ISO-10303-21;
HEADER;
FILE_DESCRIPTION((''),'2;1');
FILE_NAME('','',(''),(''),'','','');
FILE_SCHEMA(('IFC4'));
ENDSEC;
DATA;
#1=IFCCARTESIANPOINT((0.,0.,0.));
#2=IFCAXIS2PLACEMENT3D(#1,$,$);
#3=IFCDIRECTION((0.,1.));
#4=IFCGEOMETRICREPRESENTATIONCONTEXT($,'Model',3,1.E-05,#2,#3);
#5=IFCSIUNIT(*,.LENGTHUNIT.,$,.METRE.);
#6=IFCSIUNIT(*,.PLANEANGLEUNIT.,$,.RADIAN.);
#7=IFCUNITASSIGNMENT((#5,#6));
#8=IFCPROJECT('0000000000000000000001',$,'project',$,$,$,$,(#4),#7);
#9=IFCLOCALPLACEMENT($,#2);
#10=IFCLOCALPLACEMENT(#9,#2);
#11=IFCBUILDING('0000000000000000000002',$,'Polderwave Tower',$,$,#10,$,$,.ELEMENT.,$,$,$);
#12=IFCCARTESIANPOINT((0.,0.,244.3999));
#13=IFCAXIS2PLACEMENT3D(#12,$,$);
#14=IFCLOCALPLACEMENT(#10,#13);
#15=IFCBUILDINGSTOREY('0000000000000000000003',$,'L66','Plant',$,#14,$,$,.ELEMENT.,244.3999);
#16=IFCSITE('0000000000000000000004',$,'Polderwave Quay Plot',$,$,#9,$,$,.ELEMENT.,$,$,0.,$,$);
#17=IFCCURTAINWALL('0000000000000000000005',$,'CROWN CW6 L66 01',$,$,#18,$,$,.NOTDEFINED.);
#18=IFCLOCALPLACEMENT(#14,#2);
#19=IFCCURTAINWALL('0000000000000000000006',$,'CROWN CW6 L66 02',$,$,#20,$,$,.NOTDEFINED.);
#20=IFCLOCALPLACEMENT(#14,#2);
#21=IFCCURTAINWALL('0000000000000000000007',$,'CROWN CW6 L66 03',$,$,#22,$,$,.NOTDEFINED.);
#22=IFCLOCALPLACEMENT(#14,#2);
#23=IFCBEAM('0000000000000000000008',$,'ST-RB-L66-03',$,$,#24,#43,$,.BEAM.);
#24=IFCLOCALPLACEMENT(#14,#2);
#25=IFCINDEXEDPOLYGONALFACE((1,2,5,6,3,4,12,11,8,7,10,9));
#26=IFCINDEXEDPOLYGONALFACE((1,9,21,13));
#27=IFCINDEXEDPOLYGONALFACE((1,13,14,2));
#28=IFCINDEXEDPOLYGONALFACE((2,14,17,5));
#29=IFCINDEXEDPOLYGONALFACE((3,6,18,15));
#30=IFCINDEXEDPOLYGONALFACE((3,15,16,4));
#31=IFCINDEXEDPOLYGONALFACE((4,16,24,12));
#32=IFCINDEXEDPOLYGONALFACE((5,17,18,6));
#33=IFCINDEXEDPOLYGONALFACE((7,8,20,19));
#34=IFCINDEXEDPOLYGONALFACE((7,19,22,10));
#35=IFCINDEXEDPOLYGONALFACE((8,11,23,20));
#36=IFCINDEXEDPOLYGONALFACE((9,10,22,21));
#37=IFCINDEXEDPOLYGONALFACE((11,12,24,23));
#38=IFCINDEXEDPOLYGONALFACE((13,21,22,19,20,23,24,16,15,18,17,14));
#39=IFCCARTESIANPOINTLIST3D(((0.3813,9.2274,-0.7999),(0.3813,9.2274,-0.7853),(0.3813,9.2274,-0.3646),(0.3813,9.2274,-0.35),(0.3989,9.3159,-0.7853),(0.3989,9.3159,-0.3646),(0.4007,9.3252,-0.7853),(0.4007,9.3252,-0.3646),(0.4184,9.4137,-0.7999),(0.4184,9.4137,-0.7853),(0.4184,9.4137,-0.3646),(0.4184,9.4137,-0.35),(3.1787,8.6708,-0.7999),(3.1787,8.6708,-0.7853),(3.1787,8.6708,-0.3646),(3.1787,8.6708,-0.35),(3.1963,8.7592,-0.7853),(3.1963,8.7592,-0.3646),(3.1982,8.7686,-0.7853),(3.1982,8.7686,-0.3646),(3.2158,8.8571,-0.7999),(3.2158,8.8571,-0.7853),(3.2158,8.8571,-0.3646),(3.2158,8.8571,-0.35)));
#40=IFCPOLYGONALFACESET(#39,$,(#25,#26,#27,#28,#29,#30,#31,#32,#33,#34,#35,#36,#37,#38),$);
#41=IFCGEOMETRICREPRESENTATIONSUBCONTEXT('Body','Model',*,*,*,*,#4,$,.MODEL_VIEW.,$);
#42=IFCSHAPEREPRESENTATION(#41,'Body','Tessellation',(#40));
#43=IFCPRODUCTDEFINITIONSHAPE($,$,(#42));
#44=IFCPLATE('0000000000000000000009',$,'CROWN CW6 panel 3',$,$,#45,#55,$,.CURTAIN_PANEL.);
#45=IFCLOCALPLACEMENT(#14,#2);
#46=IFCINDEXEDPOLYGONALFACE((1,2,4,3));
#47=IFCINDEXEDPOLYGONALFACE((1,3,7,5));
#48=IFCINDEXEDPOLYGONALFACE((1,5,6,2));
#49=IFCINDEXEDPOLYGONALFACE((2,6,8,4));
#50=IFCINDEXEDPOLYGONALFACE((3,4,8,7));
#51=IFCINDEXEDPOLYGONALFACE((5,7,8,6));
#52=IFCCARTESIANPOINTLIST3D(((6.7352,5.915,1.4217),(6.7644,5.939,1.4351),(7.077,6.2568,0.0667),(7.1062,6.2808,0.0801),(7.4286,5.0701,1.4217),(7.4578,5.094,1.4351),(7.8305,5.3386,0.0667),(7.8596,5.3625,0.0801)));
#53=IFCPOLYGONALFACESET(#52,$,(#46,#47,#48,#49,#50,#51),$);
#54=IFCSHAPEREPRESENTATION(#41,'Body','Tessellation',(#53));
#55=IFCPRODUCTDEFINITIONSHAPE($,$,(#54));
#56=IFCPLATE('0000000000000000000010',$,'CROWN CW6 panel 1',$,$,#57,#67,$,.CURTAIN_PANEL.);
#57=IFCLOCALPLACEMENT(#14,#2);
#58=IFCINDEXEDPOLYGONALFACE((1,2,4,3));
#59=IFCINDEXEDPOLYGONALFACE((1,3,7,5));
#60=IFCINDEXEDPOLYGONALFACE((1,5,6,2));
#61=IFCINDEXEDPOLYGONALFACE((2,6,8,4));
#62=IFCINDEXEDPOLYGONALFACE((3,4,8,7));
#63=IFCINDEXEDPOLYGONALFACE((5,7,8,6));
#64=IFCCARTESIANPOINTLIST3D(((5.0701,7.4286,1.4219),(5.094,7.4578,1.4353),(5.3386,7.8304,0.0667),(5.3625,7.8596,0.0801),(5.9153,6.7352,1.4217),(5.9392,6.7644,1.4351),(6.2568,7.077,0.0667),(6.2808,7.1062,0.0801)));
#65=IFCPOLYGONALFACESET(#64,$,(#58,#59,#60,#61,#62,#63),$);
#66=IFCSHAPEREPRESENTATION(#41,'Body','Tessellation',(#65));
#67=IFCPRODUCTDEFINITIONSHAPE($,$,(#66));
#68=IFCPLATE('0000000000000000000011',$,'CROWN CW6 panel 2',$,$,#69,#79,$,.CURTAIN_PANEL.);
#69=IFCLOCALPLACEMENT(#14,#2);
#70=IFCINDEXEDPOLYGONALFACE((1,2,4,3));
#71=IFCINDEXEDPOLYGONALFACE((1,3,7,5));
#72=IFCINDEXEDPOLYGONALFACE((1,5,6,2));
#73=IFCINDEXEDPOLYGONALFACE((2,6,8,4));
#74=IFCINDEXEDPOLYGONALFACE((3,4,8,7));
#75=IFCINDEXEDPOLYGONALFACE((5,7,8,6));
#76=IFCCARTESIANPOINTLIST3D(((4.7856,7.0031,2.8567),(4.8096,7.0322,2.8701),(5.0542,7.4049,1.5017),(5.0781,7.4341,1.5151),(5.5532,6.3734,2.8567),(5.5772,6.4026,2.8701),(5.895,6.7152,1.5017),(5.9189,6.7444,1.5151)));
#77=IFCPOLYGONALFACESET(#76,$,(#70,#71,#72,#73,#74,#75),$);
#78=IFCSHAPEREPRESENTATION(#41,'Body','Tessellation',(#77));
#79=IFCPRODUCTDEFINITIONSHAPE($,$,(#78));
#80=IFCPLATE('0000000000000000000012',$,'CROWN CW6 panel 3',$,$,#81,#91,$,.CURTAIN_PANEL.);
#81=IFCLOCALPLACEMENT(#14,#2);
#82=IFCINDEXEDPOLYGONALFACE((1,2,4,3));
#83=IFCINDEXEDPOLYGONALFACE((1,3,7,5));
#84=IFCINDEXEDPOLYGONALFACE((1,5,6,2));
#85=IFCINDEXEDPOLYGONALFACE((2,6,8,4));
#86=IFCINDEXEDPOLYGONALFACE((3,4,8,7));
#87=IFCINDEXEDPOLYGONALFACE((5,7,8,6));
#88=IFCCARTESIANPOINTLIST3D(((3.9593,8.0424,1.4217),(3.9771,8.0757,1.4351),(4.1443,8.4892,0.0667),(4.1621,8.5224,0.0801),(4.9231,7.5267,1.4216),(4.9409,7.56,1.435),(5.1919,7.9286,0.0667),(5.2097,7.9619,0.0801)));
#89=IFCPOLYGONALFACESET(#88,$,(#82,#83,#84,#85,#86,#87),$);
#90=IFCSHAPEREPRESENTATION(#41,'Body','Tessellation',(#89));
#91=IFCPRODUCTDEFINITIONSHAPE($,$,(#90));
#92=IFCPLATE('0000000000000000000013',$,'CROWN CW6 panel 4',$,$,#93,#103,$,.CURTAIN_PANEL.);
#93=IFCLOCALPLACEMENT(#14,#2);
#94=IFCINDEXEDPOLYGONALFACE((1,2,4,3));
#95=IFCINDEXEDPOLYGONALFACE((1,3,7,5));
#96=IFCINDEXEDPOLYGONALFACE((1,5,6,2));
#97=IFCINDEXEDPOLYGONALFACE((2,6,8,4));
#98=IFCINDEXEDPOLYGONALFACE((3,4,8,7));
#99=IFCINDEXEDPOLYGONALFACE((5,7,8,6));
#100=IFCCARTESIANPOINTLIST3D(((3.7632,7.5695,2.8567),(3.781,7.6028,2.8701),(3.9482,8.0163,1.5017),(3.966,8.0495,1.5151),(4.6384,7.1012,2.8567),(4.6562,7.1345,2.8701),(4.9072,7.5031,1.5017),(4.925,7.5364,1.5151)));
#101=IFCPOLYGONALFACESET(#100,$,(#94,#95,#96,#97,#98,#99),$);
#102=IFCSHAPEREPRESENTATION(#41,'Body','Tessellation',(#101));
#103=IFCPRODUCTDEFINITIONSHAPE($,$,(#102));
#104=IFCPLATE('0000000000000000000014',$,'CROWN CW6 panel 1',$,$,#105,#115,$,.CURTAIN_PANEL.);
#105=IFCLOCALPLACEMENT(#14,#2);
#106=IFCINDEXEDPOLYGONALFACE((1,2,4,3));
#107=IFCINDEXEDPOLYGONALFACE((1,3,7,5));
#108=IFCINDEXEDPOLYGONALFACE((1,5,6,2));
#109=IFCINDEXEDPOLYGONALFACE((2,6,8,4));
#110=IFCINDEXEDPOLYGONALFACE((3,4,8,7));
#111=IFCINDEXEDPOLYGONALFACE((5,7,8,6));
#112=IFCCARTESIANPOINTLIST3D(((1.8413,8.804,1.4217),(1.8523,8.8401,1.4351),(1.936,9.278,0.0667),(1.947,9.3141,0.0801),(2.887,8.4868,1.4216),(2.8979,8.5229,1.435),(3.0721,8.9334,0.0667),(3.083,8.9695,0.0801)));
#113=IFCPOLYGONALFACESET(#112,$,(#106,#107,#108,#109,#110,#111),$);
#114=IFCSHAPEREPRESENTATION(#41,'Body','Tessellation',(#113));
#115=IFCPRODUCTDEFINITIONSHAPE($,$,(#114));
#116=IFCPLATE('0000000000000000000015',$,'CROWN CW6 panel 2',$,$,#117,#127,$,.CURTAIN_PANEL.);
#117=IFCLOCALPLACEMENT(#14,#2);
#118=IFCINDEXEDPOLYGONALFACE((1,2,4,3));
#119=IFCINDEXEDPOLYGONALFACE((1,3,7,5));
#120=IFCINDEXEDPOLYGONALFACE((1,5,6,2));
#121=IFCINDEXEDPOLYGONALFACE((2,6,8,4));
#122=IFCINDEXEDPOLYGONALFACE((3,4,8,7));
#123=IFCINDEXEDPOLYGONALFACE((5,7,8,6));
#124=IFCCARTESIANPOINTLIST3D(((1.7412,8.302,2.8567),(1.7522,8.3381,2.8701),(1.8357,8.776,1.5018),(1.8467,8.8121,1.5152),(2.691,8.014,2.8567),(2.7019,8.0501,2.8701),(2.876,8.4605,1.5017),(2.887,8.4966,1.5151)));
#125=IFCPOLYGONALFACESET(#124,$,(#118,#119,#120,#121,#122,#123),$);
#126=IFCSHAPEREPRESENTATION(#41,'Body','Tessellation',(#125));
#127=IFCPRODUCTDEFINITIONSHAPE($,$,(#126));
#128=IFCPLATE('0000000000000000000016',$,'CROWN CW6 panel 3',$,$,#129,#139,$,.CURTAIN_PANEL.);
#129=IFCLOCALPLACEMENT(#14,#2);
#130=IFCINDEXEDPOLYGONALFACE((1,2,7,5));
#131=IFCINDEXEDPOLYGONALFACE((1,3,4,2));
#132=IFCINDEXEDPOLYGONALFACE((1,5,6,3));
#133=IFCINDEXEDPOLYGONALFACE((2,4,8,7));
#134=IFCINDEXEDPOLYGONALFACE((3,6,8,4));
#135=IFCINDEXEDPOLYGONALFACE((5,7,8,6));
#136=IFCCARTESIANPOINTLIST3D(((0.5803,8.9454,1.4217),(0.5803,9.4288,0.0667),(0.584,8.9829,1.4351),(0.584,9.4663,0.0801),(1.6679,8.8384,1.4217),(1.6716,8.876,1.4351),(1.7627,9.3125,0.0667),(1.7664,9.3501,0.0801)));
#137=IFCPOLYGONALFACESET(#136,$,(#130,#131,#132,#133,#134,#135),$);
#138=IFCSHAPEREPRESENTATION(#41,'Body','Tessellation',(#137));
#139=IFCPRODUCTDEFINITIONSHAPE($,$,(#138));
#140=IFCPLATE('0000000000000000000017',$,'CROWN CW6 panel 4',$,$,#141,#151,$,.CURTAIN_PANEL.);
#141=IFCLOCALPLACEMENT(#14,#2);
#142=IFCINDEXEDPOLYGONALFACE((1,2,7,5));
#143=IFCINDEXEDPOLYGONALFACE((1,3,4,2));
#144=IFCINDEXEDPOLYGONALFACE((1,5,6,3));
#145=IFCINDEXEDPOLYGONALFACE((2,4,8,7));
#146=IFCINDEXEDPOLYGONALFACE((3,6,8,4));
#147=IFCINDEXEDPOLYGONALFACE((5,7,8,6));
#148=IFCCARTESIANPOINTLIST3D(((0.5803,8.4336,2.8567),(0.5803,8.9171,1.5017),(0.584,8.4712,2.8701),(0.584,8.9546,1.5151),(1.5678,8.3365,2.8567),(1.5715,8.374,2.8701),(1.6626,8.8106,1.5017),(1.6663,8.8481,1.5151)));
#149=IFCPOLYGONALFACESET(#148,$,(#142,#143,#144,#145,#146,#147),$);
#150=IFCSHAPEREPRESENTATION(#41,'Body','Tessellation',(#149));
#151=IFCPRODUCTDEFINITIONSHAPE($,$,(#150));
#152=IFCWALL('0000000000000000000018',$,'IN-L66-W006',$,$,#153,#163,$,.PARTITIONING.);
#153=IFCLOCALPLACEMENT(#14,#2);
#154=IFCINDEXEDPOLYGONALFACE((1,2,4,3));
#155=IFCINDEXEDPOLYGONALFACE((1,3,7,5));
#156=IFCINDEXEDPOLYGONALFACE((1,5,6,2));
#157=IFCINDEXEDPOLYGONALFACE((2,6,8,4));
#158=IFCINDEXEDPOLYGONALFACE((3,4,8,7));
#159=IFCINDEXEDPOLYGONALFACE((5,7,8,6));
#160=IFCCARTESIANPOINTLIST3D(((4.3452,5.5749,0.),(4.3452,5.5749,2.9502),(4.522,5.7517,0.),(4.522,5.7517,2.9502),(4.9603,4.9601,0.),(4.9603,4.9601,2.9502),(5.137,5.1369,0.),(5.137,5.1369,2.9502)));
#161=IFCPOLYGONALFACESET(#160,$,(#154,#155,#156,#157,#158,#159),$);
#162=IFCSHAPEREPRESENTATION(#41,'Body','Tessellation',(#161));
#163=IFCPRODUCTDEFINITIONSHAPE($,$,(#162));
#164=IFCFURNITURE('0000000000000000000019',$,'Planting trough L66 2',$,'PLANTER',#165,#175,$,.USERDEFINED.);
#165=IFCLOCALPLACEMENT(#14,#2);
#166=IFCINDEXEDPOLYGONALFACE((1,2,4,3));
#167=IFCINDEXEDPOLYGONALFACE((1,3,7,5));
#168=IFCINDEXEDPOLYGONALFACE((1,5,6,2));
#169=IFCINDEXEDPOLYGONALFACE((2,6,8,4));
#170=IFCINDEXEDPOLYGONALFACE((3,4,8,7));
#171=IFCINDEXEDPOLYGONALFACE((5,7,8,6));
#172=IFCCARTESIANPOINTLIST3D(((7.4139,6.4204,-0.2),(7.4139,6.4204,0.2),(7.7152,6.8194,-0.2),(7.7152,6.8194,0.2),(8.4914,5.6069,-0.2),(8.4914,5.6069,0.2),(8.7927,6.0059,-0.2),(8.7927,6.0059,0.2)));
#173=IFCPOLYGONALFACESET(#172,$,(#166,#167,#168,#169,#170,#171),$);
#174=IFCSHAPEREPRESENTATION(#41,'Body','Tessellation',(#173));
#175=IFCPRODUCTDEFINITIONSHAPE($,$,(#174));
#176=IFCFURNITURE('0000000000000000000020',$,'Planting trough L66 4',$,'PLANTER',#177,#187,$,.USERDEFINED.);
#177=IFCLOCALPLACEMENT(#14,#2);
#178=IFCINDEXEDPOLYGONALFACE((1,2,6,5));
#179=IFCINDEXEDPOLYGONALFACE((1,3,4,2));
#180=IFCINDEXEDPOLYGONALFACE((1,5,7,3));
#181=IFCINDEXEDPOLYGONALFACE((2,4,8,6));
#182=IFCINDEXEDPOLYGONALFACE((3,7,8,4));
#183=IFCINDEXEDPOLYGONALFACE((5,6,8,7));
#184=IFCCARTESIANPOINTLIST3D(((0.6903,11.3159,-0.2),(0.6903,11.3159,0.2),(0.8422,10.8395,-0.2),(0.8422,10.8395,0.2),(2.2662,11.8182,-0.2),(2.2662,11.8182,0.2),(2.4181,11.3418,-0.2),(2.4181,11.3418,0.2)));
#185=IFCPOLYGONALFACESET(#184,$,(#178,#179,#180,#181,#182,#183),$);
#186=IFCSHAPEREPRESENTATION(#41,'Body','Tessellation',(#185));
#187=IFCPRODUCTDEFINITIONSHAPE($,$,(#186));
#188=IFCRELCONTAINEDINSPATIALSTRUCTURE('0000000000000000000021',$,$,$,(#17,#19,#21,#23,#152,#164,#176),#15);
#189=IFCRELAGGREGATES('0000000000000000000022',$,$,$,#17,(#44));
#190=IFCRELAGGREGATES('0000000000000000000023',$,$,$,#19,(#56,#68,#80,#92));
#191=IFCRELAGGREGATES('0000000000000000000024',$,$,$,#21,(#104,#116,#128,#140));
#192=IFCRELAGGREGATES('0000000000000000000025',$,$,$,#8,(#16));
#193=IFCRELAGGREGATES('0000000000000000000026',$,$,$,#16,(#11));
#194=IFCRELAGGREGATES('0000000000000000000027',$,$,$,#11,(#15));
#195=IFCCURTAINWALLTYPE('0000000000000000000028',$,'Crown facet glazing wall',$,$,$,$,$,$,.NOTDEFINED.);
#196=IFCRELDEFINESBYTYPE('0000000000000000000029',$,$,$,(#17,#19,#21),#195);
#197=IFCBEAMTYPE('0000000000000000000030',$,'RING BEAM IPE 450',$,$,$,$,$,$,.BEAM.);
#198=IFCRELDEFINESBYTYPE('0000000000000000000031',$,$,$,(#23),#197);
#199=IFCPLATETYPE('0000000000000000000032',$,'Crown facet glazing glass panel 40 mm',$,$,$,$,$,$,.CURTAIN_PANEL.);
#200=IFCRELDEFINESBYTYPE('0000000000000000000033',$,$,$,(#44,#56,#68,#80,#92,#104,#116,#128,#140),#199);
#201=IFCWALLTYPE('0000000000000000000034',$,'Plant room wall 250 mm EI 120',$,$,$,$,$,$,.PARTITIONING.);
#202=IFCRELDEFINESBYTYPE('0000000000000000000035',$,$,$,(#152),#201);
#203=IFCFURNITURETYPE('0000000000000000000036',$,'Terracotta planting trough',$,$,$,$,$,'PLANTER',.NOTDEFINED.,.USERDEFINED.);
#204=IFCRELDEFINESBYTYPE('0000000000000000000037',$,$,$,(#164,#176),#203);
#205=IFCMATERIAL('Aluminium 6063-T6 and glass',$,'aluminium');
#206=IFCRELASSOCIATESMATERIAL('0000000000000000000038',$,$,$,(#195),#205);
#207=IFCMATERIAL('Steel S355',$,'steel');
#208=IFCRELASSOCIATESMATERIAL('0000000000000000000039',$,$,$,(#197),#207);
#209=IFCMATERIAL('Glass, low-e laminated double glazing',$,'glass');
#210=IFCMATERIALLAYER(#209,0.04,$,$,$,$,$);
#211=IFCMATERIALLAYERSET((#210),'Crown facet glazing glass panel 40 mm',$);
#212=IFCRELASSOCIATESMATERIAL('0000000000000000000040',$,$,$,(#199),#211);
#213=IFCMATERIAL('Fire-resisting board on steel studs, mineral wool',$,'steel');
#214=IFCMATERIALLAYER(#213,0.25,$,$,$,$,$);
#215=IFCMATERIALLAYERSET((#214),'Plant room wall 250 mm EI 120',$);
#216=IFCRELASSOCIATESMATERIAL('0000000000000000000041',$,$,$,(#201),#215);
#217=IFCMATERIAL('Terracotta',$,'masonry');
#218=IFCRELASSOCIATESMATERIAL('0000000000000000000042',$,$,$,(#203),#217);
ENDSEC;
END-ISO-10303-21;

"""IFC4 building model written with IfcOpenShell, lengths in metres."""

from ifc_helpers import new_model, si_unit, direction, frame, frame_2d, origin, origin_2d, place, context, subcontext, project, spatial, polyline, rectangle, i_section, outline, extrude, material, layer, layer_set, material_profile, profile_set, type_object, element, aggregate, save


model = new_model("IFC4")

# Units and contexts
model_context = context("Model", 3, precision=1e-05, world=origin(), true_north=direction((0.0, 1.0)))
body_context = subcontext(model_context, "Body", "Model", "MODEL_VIEW")
ifc_project = project(units=[si_unit("LENGTHUNIT", "METRE"), si_unit("PLANEANGLEUNIT", "RADIAN")], contexts=[model_context])

# Site, building, storey
site_placement = place(None, origin())
site = spatial("IfcSite", under=ifc_project, at=site_placement, Name="Polderwave Quay Plot", CompositionType="ELEMENT", RefElevation=0.0)
building_placement = place(site_placement, origin())
building = spatial("IfcBuilding", under=site, at=building_placement, Name="Polderwave Tower", CompositionType="ELEMENT")
storey_placement = place(building_placement, frame((0.0, 0.0, 244.3999)))
storey = spatial("IfcBuildingStorey", under=building, at=storey_placement, Name="L66", Description="Plant", CompositionType="ELEMENT", Elevation=244.3999)

# Curtain wall
ifc_material_1 = material(Name="Aluminium 6063-T6 and glass", Category="aluminium")
curtain_wall_type = type_object("IfcCurtainWallType", Name="Crown facet glazing wall", PredefinedType="NOTDEFINED", material=ifc_material_1)
curtain_wall_1_placement = place(storey_placement, origin())
curtain_wall_1 = element("IfcCurtainWall", 1, at=curtain_wall_1_placement, inside=storey, type_object=curtain_wall_type, Name="CROWN CW6 L66 01", PredefinedType="NOTDEFINED")

# Curtain walls
curtain_wall_2_placement = place(storey_placement, origin())
curtain_wall_2 = element("IfcCurtainWall", 2, at=curtain_wall_2_placement, inside=storey, type_object=curtain_wall_type, Name="CROWN CW6 L66 02", PredefinedType="NOTDEFINED")
curtain_wall_3_placement = place(storey_placement, origin())
curtain_wall_3 = element("IfcCurtainWall", 3, at=curtain_wall_3_placement, inside=storey, type_object=curtain_wall_type, Name="CROWN CW6 L66 03", PredefinedType="NOTDEFINED")

# Beam
ifc_material_2 = material(Name="Steel S355", Category="steel")
ifc_material_profile_1 = material_profile(ifc_material_2, i_section(OverallWidth=0.1899, OverallDepth=0.45, WebThickness=0.0095, FlangeThickness=0.0146, at=origin_2d()), Name="IPE 450")
ifc_profile_set_1 = profile_set([ifc_material_profile_1], Name="Steel S355")
beam_type = type_object("IfcBeamType", Name="RING BEAM IPE 450", PredefinedType="BEAM", material=ifc_profile_set_1)
beam_1_placement = place(storey_placement, frame((3.1973, 8.7639, -0.575), z_axis=(-0.980771, 0.195161, 0.0), x_axis=(-0.195161, -0.980771, 0.0)))
element("IfcBeam", 4, at=beam_1_placement, inside=storey, type_object=beam_type, Name="ST-RB-L66-03", PredefinedType="BEAM", context=body_context, shape_type="SweptSolid", body=[
    extrude(i_section(OverallWidth=0.1899, OverallDepth=0.45, WebThickness=0.0095, FlangeThickness=0.0146, at=origin_2d()), origin(), (0.0, 0.0, 1.0), 2.8523),
])

# Plates
ifc_material_3 = material(Name="Glass, low-e laminated double glazing", Category="glass")
ifc_layer_1 = layer(ifc_material_3, 0.04)
ifc_layer_set_1 = layer_set([ifc_layer_1], Name="Crown facet glazing glass panel 40 mm")
plate_type = type_object("IfcPlateType", Name="Crown facet glazing glass panel 40 mm", PredefinedType="CURTAIN_PANEL", material=ifc_layer_set_1)
plate_1_placement = place(storey_placement, frame((7.8596, 5.3625, 0.0801), z_axis=(0.728515, 0.597781, 0.33455), x_axis=(-0.634332, 0.773061, -0.000004)))
plate_1 = element("IfcPlate", 5, at=plate_1_placement, type_object=plate_type, Name="CROWN CW6 panel 3", PredefinedType="CURTAIN_PANEL", context=body_context, shape_type="SweptSolid", body=[
    extrude(outline(polyline([(0.0, 0.0), (1.1878, 0.0), (1.1403, 1.4378), (0.0473, 1.4378), (0.0, 0.0)])), origin(), (0.0, 0.0, -1.0), 0.04),
])
aggregate(curtain_wall_1, [plate_1])
plate_2_placement = place(storey_placement, frame((6.2808, 7.1062, 0.0801), z_axis=(0.597776, 0.728553, 0.334476), x_axis=(-0.773078, 0.634311, -0.000005)))
plate_2 = element("IfcPlate", 6, at=plate_2_placement, type_object=plate_type, Name="CROWN CW6 panel 1", PredefinedType="CURTAIN_PANEL", context=body_context, shape_type="SweptSolid", body=[
    extrude(outline(polyline([(0.0, 0.0), (1.1878, 0.0), (1.1405, 1.4381), (0.0472, 1.4378), (0.0, 0.0)])), origin(), (0.0, 0.0, -1.0), 0.04),
])
plate_3_placement = place(storey_placement, frame((5.9189, 6.7444, 1.5151), z_axis=(0.597664, 0.728611, 0.33455), x_axis=(-0.773162, 0.634208, 0.000002)))
plate_3 = element("IfcPlate", 7, at=plate_3_placement, type_object=plate_type, Name="CROWN CW6 panel 2", PredefinedType="CURTAIN_PANEL", context=body_context, shape_type="SweptSolid", body=[
    extrude(outline(polyline([(0.0, 0.0), (1.0875, 0.0), (1.0403, 1.4378), (0.0475, 1.4378), (0.0, 0.0)])), origin(), (0.0, 0.0, -1.0), 0.04),
])
plate_4_placement = place(storey_placement, frame((5.2097, 7.9619, 0.0801), z_axis=(0.444544, 0.830898, 0.334649), x_axis=(-0.881734, 0.471748, -0.000014)))
plate_4 = element("IfcPlate", 8, at=plate_4_placement, type_object=plate_type, Name="CROWN CW6 panel 3", PredefinedType="CURTAIN_PANEL", context=body_context, shape_type="SweptSolid", body=[
    extrude(outline(polyline([(0.0, 0.0), (1.1881, 0.0), (1.1405, 1.4379), (0.0474, 1.4379), (0.0, 0.0)])), origin(), (0.0, 0.0, -1.0), 0.04),
])
plate_5_placement = place(storey_placement, frame((4.925, 7.5364, 1.5151), z_axis=(0.44458, 0.830878, 0.334649), x_axis=(-0.881713, 0.471786, -0.000015)))
plate_5 = element("IfcPlate", 9, at=plate_5_placement, type_object=plate_type, Name="CROWN CW6 panel 4", PredefinedType="CURTAIN_PANEL", context=body_context, shape_type="SweptSolid", body=[
    extrude(outline(polyline([(0.0, 0.0), (1.0877, 0.0), (1.04, 1.4379), (0.0474, 1.4379), (0.0, 0.0)])), origin(), (0.0, 0.0, -1.0), 0.04),
])
aggregate(curtain_wall_2, [plate_2, plate_3, plate_4, plate_5])
plate_6_placement = place(storey_placement, frame((3.083, 8.9695, 0.0801), z_axis=(0.273579, 0.901773, 0.334604), x_axis=(-0.956929, 0.290321, -0.000023)))
plate_6 = element("IfcPlate", 10, at=plate_6_placement, type_object=plate_type, Name="CROWN CW6 panel 1", PredefinedType="CURTAIN_PANEL", context=body_context, shape_type="SweptSolid", body=[
    extrude(outline(polyline([(0.0, 0.0), (1.1871, 0.0), (1.1401, 1.4379), (0.0474, 1.4378), (0.0, 0.0)])), origin(), (0.0, 0.0, -1.0), 0.04),
])
plate_7_placement = place(storey_placement, frame((2.887, 8.4966, 1.5151), z_axis=(0.273503, 0.901831, 0.33451), x_axis=(-0.956961, 0.290217, 0.000017)))
plate_7 = element("IfcPlate", 11, at=plate_7_placement, type_object=plate_type, Name="CROWN CW6 panel 2", PredefinedType="CURTAIN_PANEL", context=body_context, shape_type="SweptSolid", body=[
    extrude(outline(polyline([(0.0, 0.0), (1.0871, 0.0), (1.04, 1.4378), (0.0475, 1.4378), (0.0, 0.0)])), origin(), (0.0, 0.0, -1.0), 0.04),
])
plate_8_placement = place(storey_placement, frame((1.7664, 9.3501, 0.0801), z_axis=(0.092191, 0.937842, 0.334593), x_axis=(-0.995203, 0.097828, 0.000005)))
plate_8 = element("IfcPlate", 12, at=plate_8_placement, type_object=plate_type, Name="CROWN CW6 panel 3", PredefinedType="CURTAIN_PANEL", context=body_context, shape_type="SweptSolid", body=[
    extrude(outline(polyline([(0.0, 0.0), (1.1881, 0.0), (1.1408, 1.4378), (0.0479, 1.4379), (0.0, 0.0)])), origin(), (0.0, 0.0, -1.0), 0.04),
])
plate_9_placement = place(storey_placement, frame((1.6663, 8.8481, 1.5151), z_axis=(0.092257, 0.937836, 0.334593), x_axis=(-0.995196, 0.097898, 0.000006)))
plate_9 = element("IfcPlate", 13, at=plate_9_placement, type_object=plate_type, Name="CROWN CW6 panel 4", PredefinedType="CURTAIN_PANEL", context=body_context, shape_type="SweptSolid", body=[
    extrude(outline(polyline([(0.0, 0.0), (1.0875, 0.0), (1.0402, 1.4378), (0.0479, 1.4379), (0.0, 0.0)])), origin(), (0.0, 0.0, -1.0), 0.04),
])
aggregate(curtain_wall_3, [plate_6, plate_7, plate_8, plate_9])

# Wall
ifc_material_4 = material(Name="Fire-resisting board on steel studs, mineral wool", Category="steel")
ifc_layer_2 = layer(ifc_material_4, 0.25)
ifc_layer_set_2 = layer_set([ifc_layer_2], Name="Plant room wall 250 mm EI 120")
wall_type = type_object("IfcWallType", Name="Plant room wall 250 mm EI 120", PredefinedType="PARTITIONING", material=ifc_layer_set_2)
wall_placement = place(storey_placement, frame((4.4336, 5.6633, 0.0), z_axis=(0.0, 0.0, 1.0), x_axis=(0.707247, -0.706966, 0.0)))
element("IfcWall", 14, at=wall_placement, inside=storey, type_object=wall_type, Name="IN-L66-W006", PredefinedType="PARTITIONING", context=body_context, shape_type="SweptSolid", body=[
    extrude(rectangle(XDim=0.8696, YDim=0.25, at=frame_2d((0.4348, 0.0))), origin(), (0.0, 0.0, 1.0), 2.9502),
])

# Furniture
ifc_material_5 = material(Name="Terracotta", Category="masonry")
furniture_type = type_object("IfcFurnitureType", Name="Terracotta planting trough", ElementType="PLANTER", AssemblyPlace="NOTDEFINED", PredefinedType="USERDEFINED", material=ifc_material_5)
furniture_1_placement = place(storey_placement, frame((8.1033, 6.2131, -0.2), z_axis=(0.0, 0.0, 1.0), x_axis=(-0.798092, 0.602535, 0.0)))
element("IfcFurniture", 15, at=furniture_1_placement, inside=storey, type_object=furniture_type, Name="Planting trough L66 2", ObjectType="PLANTER", PredefinedType="USERDEFINED", context=body_context, shape_type="SweptSolid", body=[
    extrude(rectangle(XDim=1.3501, YDim=0.5, at=origin_2d()), origin(), (0.0, 0.0, 1.0), 0.3999),
])
furniture_2_placement = place(storey_placement, frame((1.5542, 11.3289, -0.2), z_axis=(0.0, 0.0, 1.0), x_axis=(-0.952764, -0.303712, 0.0)))
element("IfcFurniture", 16, at=furniture_2_placement, inside=storey, type_object=furniture_type, Name="Planting trough L66 4", ObjectType="PLANTER", PredefinedType="USERDEFINED", context=body_context, shape_type="SweptSolid", body=[
    extrude(rectangle(XDim=1.6541, YDim=0.5, at=origin_2d()), origin(), (0.0, 0.0, 1.0), 0.3999),
])

save(model, "model.ifc")
